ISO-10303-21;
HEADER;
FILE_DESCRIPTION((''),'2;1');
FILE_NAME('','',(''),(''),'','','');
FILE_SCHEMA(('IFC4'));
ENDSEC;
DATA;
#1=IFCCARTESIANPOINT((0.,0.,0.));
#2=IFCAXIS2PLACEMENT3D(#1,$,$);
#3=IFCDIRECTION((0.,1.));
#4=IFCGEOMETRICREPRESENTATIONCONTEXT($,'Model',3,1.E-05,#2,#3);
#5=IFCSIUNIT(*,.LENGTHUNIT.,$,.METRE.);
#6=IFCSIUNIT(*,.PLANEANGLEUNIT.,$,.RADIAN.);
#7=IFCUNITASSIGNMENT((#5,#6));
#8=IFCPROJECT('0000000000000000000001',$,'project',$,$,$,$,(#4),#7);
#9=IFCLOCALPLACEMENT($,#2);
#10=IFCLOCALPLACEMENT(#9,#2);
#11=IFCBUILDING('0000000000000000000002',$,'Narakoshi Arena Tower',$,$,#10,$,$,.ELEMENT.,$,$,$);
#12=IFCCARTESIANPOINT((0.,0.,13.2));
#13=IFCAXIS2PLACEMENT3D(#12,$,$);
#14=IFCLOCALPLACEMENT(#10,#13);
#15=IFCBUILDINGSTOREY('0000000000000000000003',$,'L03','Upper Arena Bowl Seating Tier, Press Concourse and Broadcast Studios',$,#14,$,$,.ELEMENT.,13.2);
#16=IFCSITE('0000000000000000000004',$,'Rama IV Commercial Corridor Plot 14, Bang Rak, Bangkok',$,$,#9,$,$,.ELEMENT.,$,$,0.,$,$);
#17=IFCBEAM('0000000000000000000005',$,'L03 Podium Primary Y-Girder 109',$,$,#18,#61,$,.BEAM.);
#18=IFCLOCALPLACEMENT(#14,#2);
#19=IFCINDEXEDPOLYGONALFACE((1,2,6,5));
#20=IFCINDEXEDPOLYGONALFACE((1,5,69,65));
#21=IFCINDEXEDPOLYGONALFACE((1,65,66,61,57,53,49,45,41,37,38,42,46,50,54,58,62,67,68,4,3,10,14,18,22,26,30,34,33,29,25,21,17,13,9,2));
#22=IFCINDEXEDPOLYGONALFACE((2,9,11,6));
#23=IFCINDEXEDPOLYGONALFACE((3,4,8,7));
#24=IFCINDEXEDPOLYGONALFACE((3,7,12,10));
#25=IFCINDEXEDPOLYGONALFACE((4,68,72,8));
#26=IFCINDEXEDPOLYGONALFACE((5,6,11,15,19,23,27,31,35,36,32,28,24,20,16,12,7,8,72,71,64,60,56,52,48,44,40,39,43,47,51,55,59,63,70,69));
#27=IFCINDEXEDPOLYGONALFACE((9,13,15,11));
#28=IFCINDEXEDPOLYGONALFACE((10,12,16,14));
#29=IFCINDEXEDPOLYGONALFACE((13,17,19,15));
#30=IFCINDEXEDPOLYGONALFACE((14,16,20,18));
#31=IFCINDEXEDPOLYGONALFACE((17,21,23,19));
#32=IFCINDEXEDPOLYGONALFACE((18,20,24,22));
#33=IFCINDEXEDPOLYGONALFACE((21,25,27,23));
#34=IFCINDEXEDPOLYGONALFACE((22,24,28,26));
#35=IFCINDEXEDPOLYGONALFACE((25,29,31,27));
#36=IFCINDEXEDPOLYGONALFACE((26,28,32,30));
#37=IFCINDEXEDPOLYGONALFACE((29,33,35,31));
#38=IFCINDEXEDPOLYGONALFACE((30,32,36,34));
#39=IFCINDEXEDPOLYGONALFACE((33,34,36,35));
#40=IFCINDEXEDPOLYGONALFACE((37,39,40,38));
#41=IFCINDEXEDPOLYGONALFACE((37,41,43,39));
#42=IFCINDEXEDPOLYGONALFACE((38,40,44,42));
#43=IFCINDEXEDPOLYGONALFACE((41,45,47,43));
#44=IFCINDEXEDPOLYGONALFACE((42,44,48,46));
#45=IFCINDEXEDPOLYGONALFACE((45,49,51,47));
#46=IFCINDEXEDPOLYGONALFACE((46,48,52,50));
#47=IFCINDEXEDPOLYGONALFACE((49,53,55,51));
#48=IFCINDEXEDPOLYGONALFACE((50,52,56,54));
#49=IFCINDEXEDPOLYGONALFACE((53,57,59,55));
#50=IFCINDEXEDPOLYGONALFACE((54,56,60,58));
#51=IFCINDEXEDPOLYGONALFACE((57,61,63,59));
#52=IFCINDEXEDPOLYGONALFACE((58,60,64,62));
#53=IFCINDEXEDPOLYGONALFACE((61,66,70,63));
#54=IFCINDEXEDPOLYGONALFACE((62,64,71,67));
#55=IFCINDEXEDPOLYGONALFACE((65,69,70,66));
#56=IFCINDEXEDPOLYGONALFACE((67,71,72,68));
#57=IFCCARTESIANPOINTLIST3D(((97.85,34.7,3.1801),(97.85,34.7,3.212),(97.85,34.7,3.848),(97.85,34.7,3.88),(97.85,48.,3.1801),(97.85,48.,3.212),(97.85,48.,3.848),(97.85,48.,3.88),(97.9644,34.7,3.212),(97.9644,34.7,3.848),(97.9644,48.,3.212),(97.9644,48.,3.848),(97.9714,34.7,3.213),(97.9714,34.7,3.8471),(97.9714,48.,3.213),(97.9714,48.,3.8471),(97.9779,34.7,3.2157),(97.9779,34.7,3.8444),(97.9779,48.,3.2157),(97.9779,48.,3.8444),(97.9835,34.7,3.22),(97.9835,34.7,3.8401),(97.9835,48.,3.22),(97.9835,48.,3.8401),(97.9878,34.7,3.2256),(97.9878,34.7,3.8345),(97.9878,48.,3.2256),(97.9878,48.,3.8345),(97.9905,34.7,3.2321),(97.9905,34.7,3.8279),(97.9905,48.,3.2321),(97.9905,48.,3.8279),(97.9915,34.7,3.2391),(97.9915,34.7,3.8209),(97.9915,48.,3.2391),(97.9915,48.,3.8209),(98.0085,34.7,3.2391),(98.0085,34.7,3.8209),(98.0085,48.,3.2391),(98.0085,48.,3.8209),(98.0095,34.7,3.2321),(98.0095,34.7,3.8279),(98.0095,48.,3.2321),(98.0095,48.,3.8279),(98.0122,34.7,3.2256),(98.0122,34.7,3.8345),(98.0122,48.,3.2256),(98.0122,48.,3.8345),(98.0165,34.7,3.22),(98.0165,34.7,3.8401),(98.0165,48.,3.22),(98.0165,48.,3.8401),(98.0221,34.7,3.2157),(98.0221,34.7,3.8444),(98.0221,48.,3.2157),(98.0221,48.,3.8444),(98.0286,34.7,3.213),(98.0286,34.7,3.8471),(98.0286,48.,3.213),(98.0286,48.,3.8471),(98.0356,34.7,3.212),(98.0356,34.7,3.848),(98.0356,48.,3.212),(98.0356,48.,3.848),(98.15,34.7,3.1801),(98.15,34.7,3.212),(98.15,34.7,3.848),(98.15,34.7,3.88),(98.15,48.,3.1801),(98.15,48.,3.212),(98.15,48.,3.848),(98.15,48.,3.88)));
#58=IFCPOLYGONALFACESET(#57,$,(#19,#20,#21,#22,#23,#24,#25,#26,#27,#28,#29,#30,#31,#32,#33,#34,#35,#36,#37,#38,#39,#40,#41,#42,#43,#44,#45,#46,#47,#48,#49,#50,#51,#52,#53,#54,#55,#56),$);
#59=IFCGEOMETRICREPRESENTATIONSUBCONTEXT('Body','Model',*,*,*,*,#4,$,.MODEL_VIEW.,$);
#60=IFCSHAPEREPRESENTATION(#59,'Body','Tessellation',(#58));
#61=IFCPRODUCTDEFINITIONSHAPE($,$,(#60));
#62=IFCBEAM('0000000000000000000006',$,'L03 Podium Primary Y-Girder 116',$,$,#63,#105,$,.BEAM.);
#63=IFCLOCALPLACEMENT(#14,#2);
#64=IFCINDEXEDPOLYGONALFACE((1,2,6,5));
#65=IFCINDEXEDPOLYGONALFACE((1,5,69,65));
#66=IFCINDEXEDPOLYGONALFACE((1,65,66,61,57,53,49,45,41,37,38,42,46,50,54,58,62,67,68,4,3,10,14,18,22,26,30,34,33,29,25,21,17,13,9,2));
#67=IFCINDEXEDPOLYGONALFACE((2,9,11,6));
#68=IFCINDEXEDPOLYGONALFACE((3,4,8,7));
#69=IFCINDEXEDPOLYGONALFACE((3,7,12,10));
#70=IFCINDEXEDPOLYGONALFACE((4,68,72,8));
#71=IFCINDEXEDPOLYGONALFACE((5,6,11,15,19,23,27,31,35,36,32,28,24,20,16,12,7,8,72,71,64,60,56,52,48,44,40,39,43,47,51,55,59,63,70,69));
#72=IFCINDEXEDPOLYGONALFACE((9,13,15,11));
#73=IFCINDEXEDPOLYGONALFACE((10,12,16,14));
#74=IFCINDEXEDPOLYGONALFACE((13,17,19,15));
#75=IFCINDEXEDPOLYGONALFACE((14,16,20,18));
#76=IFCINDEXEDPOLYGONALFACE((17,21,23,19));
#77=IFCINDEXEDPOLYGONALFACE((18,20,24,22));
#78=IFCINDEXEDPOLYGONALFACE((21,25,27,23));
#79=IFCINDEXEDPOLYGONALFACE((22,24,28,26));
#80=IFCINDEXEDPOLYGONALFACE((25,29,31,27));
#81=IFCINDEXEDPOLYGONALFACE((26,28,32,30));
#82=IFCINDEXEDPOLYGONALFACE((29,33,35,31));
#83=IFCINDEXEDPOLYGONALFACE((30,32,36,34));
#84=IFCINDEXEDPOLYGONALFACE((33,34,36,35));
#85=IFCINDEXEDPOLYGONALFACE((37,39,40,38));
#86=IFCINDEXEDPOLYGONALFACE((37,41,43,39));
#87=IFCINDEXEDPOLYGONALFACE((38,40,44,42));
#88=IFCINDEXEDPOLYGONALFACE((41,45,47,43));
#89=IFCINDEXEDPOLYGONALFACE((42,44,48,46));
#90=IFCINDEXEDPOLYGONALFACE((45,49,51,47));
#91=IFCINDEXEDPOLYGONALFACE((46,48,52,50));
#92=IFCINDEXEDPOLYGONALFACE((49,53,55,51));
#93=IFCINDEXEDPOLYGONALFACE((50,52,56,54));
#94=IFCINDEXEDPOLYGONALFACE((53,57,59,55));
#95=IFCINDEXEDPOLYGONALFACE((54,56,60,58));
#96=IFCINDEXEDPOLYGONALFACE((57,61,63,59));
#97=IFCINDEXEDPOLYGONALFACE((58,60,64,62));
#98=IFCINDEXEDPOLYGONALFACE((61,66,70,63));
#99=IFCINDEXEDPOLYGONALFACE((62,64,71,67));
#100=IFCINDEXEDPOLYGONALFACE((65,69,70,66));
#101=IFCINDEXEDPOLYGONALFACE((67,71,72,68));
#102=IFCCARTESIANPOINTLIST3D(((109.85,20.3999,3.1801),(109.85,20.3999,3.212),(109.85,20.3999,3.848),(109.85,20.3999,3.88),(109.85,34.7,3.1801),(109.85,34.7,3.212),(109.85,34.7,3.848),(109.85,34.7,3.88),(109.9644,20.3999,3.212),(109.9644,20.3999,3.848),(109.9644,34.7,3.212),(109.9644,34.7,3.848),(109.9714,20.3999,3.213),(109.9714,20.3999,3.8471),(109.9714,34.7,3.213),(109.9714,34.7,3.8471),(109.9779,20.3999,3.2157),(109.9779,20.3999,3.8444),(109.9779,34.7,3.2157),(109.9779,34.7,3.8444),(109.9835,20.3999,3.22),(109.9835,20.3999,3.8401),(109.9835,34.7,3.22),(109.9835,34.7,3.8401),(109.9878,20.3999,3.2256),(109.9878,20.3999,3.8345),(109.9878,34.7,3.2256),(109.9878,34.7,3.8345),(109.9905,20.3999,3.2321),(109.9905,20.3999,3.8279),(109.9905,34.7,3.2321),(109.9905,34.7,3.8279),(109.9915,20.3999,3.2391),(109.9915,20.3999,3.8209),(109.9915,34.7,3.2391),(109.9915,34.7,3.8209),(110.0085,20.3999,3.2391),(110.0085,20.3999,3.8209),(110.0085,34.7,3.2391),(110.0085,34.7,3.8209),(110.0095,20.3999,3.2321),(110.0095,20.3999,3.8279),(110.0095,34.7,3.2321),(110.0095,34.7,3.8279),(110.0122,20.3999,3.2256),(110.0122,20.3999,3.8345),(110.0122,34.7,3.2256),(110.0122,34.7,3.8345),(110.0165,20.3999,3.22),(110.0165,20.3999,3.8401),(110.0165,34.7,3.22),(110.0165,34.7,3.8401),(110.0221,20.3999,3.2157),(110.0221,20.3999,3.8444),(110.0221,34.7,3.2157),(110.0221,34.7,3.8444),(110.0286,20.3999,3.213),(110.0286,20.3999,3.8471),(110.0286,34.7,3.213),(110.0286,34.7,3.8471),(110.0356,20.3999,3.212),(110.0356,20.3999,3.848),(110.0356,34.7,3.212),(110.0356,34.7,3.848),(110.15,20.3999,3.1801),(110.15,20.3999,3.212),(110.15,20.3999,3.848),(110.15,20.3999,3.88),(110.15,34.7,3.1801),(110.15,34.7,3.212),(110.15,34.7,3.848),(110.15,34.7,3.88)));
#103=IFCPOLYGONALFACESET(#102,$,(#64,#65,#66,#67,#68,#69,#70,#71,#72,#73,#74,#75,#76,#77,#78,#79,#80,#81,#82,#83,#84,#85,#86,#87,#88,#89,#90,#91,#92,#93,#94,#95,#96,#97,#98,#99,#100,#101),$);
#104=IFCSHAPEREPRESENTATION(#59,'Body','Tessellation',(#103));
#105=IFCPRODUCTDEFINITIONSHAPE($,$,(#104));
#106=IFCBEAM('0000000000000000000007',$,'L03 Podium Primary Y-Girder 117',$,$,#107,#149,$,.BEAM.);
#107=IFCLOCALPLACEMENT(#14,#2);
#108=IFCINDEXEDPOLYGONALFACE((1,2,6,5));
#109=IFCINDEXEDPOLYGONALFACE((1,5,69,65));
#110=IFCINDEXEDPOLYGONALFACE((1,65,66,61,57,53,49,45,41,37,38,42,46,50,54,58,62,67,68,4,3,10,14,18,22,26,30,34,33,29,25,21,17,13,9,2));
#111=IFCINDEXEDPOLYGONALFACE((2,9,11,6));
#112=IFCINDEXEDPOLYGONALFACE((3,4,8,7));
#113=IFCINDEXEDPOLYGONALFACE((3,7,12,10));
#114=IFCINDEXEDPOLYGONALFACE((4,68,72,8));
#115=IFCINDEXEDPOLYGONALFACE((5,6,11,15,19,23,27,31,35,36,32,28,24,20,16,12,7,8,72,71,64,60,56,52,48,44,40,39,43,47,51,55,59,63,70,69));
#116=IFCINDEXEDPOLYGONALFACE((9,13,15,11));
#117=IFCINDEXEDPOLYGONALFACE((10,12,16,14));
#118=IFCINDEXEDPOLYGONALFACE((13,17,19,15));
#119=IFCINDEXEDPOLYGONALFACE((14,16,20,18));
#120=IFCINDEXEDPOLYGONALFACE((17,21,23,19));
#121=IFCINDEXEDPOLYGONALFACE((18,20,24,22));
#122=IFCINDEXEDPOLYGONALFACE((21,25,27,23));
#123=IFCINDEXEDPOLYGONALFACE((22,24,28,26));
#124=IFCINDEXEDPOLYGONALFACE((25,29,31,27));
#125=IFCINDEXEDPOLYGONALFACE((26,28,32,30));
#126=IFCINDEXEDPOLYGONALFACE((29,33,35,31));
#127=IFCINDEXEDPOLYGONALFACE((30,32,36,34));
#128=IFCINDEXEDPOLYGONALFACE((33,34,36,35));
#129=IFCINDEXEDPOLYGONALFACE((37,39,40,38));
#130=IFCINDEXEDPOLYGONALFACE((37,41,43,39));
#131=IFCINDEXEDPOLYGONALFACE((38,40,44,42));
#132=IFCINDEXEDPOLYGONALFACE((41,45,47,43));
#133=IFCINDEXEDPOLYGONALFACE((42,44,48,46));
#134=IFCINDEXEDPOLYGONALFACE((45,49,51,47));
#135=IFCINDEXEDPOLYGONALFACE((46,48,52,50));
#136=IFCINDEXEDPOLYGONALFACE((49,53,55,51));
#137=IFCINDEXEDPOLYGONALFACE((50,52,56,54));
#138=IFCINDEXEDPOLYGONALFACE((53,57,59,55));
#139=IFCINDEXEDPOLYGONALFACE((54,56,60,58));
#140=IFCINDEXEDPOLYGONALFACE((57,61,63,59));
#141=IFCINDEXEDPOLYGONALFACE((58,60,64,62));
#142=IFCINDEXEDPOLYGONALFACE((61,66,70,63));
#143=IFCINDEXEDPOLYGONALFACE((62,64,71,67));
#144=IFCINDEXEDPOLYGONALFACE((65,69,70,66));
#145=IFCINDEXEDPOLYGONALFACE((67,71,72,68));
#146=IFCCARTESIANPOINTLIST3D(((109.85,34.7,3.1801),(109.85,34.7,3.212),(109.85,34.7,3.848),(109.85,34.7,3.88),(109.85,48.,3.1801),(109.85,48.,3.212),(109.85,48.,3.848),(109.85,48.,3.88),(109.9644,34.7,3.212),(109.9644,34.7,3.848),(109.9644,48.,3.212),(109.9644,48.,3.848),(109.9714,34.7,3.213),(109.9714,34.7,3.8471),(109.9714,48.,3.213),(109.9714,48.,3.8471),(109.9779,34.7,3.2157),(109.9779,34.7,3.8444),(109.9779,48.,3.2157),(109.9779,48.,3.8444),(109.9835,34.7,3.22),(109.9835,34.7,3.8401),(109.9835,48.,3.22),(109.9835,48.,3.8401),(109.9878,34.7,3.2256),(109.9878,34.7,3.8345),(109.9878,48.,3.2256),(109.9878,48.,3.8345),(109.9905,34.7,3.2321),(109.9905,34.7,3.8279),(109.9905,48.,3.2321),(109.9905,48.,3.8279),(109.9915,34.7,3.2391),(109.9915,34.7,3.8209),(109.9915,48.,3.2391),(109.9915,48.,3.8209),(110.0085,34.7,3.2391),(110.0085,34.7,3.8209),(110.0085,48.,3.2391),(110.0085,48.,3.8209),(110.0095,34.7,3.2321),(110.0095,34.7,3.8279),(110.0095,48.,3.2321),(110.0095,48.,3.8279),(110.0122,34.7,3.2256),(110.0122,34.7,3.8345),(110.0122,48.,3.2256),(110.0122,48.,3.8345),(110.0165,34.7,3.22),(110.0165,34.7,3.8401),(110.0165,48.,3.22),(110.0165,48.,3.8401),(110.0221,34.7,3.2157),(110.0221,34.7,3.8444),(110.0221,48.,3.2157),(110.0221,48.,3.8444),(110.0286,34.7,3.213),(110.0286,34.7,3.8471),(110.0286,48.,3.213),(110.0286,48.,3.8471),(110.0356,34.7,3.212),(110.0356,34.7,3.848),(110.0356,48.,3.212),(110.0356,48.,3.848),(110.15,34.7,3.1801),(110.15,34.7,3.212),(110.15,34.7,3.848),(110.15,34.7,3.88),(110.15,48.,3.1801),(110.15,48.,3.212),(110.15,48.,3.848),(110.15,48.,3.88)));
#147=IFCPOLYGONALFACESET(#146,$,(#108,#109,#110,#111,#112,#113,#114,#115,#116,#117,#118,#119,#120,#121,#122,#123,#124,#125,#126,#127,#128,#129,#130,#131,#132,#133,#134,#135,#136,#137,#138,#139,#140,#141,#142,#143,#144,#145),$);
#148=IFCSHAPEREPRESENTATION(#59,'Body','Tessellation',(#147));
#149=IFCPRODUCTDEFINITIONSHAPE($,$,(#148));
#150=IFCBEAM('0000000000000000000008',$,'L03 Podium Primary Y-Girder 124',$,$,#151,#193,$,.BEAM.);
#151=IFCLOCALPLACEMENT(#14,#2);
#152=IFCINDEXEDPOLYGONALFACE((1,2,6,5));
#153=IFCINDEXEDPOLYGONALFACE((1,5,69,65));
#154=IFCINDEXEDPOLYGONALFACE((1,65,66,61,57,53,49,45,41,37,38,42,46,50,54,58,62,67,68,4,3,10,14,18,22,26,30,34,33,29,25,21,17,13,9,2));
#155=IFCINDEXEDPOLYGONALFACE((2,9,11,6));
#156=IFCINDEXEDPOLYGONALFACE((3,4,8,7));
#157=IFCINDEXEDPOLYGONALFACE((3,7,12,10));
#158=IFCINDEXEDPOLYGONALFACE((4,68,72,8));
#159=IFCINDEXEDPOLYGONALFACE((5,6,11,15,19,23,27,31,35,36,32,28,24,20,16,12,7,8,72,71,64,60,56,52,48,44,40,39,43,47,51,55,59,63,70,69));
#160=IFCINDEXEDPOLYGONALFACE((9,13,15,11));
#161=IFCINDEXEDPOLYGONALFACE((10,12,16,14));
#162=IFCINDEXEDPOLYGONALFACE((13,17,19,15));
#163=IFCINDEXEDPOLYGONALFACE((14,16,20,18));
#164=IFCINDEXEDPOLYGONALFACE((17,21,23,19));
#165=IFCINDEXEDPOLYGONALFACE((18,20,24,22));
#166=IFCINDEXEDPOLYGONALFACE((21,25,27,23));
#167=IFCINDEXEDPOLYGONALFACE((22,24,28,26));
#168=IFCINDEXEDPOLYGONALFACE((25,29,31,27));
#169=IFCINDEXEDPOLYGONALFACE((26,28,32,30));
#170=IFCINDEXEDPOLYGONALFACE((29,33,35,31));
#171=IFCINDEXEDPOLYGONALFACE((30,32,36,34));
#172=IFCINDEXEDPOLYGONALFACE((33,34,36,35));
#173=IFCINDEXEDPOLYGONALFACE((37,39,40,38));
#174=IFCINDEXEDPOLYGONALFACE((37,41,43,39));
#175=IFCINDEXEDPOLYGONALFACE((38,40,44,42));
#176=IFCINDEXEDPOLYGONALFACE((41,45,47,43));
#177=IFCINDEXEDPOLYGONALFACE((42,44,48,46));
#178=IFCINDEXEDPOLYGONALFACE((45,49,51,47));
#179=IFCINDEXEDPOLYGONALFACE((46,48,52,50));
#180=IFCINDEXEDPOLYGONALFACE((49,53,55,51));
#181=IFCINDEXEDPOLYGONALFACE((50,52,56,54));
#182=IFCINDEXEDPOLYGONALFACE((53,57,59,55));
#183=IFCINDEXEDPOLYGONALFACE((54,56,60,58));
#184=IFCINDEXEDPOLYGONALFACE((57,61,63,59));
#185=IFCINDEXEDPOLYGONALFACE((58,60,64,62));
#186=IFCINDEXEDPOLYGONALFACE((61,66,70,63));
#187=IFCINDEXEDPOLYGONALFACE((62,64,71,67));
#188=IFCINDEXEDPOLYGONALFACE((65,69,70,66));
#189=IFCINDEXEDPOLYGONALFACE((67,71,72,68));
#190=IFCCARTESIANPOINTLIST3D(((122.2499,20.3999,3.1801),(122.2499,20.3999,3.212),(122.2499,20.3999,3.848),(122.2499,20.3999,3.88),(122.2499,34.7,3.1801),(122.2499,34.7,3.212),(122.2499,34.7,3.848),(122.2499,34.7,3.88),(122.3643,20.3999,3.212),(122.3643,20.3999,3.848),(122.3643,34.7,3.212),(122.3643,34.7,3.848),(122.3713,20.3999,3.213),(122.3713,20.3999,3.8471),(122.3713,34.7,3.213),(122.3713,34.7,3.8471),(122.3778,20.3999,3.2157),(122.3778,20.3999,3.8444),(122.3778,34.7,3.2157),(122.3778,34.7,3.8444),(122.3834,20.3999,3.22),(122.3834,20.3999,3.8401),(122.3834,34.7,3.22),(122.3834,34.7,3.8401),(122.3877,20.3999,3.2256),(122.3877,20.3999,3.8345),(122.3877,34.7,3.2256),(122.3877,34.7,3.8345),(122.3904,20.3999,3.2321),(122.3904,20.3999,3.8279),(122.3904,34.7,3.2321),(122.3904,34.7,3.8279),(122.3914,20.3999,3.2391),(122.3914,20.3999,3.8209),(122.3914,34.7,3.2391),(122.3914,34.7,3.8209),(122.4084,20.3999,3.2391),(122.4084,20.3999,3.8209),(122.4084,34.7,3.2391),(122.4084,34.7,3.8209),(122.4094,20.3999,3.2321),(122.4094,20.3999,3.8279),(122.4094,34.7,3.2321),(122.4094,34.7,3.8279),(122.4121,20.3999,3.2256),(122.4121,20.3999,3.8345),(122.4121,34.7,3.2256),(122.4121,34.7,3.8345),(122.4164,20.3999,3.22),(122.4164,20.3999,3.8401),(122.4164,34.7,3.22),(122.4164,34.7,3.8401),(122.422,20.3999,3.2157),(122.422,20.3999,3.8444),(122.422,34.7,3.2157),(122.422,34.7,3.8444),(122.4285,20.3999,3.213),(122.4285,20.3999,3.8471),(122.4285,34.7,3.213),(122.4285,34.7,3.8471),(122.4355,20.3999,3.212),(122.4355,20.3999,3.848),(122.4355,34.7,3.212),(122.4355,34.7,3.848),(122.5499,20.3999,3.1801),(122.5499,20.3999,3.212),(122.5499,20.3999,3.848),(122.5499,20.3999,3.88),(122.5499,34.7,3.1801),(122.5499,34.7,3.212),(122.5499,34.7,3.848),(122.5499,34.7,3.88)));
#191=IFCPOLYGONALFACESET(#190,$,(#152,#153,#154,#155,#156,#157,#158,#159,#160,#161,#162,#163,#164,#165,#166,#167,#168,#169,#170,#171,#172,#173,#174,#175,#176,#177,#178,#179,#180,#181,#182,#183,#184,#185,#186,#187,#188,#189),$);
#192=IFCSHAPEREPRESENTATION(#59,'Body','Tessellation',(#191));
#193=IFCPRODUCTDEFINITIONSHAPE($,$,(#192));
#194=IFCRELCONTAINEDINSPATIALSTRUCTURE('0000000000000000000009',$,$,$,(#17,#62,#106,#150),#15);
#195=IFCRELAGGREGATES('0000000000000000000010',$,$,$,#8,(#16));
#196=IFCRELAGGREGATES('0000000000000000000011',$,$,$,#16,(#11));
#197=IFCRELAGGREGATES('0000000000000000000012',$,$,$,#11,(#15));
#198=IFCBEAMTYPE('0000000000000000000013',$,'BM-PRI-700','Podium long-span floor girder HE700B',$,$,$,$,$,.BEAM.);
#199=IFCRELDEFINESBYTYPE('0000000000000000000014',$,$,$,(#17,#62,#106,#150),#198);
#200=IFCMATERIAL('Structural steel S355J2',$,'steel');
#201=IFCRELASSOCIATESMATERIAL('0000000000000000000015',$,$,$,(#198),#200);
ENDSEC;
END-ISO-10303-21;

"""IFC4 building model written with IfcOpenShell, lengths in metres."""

from ifc_helpers import new_model, si_unit, direction, frame, origin, origin_2d, place, context, subcontext, project, spatial, i_section, extrude, material, material_profile, profile_set, type_object, element, save


model = new_model("IFC4")

# Units and contexts
model_context = context("Model", 3, precision=1e-05, world=origin(), true_north=direction((0.0, 1.0)))
body_context = subcontext(model_context, "Body", "Model", "MODEL_VIEW")
ifc_project = project(units=[si_unit("LENGTHUNIT", "METRE"), si_unit("PLANEANGLEUNIT", "RADIAN")], contexts=[model_context])

# Site, building, storey
site_placement = place(None, origin())
site = spatial("IfcSite", under=ifc_project, at=site_placement, Name="Rama IV Commercial Corridor Plot 14, Bang Rak, Bangkok", CompositionType="ELEMENT", RefElevation=0.0)
building_placement = place(site_placement, origin())
building = spatial("IfcBuilding", under=site, at=building_placement, Name="Narakoshi Arena Tower", CompositionType="ELEMENT")
storey_placement = place(building_placement, frame((0.0, 0.0, 13.2)))
storey = spatial("IfcBuildingStorey", under=building, at=storey_placement, Name="L03", Description="Upper Arena Bowl Seating Tier, Press Concourse and Broadcast Studios", CompositionType="ELEMENT", Elevation=13.2)

# Beams
ifc_material_1 = material(Name="Structural steel S355J2", Category="steel")
ifc_material_profile_1 = material_profile(ifc_material_1, i_section(OverallWidth=0.3, OverallDepth=0.7, WebThickness=0.0171, FlangeThickness=0.032, FilletRadius=0.0271, at=origin_2d()), Name="HE700B")
ifc_profile_set_1 = profile_set([ifc_material_profile_1], Name="Structural steel S355J2")
beam_type_1 = type_object("IfcBeamType", Name="BM-PRI-700", Description="Podium long-span floor girder HE700B", PredefinedType="BEAM", material=ifc_profile_set_1)
for number, where, z_axis, x_axis, name in (
    (1, (98.0, 34.7, 3.53), (0.0, 1.0, 0.0), (-1.0, 0.0, 0.0), "L03 Podium Primary Y-Girder 109"),
):
    element("IfcBeam", number, at=place(storey_placement, frame(where, z_axis=z_axis, x_axis=x_axis)), inside=storey, type_object=beam_type_1, Name=name, PredefinedType="BEAM", context=body_context, shape_type="SweptSolid", body=[
        extrude(i_section(OverallWidth=0.3, OverallDepth=0.7, WebThickness=0.0171, FlangeThickness=0.032, FilletRadius=0.0271, at=origin_2d()), origin(), (0.0, 0.0, 1.0), 13.3),
    ])
beam_1_placement = place(storey_placement, frame((110.0, 20.3999, 3.53), z_axis=(0.0, 1.0, 0.0), x_axis=(-1.0, 0.0, 0.0)))
element("IfcBeam", 2, at=beam_1_placement, inside=storey, type_object=beam_type_1, Name="L03 Podium Primary Y-Girder 116", PredefinedType="BEAM", context=body_context, shape_type="SweptSolid", body=[
    extrude(i_section(OverallWidth=0.3, OverallDepth=0.7, WebThickness=0.0171, FlangeThickness=0.032, FilletRadius=0.0271, at=origin_2d()), origin(), (0.0, 0.0, 1.0), 14.3),
])
beam_2_placement = place(storey_placement, frame((110.0, 34.7, 3.53), z_axis=(0.0, 1.0, 0.0), x_axis=(-1.0, 0.0, 0.0)))
element("IfcBeam", 3, at=beam_2_placement, inside=storey, type_object=beam_type_1, Name="L03 Podium Primary Y-Girder 117", PredefinedType="BEAM", context=body_context, shape_type="SweptSolid", body=[
    extrude(i_section(OverallWidth=0.3, OverallDepth=0.7, WebThickness=0.0171, FlangeThickness=0.032, FilletRadius=0.0271, at=origin_2d()), origin(), (0.0, 0.0, 1.0), 13.3),
])
beam_3_placement = place(storey_placement, frame((122.3999, 20.3999, 3.53), z_axis=(0.0, 1.0, 0.0), x_axis=(-1.0, 0.0, 0.0)))
element("IfcBeam", 4, at=beam_3_placement, inside=storey, type_object=beam_type_1, Name="L03 Podium Primary Y-Girder 124", PredefinedType="BEAM", context=body_context, shape_type="SweptSolid", body=[
    extrude(i_section(OverallWidth=0.3, OverallDepth=0.7, WebThickness=0.0171, FlangeThickness=0.032, FilletRadius=0.0271, at=origin_2d()), origin(), (0.0, 0.0, 1.0), 14.3),
])

save(model, "model.ifc")
